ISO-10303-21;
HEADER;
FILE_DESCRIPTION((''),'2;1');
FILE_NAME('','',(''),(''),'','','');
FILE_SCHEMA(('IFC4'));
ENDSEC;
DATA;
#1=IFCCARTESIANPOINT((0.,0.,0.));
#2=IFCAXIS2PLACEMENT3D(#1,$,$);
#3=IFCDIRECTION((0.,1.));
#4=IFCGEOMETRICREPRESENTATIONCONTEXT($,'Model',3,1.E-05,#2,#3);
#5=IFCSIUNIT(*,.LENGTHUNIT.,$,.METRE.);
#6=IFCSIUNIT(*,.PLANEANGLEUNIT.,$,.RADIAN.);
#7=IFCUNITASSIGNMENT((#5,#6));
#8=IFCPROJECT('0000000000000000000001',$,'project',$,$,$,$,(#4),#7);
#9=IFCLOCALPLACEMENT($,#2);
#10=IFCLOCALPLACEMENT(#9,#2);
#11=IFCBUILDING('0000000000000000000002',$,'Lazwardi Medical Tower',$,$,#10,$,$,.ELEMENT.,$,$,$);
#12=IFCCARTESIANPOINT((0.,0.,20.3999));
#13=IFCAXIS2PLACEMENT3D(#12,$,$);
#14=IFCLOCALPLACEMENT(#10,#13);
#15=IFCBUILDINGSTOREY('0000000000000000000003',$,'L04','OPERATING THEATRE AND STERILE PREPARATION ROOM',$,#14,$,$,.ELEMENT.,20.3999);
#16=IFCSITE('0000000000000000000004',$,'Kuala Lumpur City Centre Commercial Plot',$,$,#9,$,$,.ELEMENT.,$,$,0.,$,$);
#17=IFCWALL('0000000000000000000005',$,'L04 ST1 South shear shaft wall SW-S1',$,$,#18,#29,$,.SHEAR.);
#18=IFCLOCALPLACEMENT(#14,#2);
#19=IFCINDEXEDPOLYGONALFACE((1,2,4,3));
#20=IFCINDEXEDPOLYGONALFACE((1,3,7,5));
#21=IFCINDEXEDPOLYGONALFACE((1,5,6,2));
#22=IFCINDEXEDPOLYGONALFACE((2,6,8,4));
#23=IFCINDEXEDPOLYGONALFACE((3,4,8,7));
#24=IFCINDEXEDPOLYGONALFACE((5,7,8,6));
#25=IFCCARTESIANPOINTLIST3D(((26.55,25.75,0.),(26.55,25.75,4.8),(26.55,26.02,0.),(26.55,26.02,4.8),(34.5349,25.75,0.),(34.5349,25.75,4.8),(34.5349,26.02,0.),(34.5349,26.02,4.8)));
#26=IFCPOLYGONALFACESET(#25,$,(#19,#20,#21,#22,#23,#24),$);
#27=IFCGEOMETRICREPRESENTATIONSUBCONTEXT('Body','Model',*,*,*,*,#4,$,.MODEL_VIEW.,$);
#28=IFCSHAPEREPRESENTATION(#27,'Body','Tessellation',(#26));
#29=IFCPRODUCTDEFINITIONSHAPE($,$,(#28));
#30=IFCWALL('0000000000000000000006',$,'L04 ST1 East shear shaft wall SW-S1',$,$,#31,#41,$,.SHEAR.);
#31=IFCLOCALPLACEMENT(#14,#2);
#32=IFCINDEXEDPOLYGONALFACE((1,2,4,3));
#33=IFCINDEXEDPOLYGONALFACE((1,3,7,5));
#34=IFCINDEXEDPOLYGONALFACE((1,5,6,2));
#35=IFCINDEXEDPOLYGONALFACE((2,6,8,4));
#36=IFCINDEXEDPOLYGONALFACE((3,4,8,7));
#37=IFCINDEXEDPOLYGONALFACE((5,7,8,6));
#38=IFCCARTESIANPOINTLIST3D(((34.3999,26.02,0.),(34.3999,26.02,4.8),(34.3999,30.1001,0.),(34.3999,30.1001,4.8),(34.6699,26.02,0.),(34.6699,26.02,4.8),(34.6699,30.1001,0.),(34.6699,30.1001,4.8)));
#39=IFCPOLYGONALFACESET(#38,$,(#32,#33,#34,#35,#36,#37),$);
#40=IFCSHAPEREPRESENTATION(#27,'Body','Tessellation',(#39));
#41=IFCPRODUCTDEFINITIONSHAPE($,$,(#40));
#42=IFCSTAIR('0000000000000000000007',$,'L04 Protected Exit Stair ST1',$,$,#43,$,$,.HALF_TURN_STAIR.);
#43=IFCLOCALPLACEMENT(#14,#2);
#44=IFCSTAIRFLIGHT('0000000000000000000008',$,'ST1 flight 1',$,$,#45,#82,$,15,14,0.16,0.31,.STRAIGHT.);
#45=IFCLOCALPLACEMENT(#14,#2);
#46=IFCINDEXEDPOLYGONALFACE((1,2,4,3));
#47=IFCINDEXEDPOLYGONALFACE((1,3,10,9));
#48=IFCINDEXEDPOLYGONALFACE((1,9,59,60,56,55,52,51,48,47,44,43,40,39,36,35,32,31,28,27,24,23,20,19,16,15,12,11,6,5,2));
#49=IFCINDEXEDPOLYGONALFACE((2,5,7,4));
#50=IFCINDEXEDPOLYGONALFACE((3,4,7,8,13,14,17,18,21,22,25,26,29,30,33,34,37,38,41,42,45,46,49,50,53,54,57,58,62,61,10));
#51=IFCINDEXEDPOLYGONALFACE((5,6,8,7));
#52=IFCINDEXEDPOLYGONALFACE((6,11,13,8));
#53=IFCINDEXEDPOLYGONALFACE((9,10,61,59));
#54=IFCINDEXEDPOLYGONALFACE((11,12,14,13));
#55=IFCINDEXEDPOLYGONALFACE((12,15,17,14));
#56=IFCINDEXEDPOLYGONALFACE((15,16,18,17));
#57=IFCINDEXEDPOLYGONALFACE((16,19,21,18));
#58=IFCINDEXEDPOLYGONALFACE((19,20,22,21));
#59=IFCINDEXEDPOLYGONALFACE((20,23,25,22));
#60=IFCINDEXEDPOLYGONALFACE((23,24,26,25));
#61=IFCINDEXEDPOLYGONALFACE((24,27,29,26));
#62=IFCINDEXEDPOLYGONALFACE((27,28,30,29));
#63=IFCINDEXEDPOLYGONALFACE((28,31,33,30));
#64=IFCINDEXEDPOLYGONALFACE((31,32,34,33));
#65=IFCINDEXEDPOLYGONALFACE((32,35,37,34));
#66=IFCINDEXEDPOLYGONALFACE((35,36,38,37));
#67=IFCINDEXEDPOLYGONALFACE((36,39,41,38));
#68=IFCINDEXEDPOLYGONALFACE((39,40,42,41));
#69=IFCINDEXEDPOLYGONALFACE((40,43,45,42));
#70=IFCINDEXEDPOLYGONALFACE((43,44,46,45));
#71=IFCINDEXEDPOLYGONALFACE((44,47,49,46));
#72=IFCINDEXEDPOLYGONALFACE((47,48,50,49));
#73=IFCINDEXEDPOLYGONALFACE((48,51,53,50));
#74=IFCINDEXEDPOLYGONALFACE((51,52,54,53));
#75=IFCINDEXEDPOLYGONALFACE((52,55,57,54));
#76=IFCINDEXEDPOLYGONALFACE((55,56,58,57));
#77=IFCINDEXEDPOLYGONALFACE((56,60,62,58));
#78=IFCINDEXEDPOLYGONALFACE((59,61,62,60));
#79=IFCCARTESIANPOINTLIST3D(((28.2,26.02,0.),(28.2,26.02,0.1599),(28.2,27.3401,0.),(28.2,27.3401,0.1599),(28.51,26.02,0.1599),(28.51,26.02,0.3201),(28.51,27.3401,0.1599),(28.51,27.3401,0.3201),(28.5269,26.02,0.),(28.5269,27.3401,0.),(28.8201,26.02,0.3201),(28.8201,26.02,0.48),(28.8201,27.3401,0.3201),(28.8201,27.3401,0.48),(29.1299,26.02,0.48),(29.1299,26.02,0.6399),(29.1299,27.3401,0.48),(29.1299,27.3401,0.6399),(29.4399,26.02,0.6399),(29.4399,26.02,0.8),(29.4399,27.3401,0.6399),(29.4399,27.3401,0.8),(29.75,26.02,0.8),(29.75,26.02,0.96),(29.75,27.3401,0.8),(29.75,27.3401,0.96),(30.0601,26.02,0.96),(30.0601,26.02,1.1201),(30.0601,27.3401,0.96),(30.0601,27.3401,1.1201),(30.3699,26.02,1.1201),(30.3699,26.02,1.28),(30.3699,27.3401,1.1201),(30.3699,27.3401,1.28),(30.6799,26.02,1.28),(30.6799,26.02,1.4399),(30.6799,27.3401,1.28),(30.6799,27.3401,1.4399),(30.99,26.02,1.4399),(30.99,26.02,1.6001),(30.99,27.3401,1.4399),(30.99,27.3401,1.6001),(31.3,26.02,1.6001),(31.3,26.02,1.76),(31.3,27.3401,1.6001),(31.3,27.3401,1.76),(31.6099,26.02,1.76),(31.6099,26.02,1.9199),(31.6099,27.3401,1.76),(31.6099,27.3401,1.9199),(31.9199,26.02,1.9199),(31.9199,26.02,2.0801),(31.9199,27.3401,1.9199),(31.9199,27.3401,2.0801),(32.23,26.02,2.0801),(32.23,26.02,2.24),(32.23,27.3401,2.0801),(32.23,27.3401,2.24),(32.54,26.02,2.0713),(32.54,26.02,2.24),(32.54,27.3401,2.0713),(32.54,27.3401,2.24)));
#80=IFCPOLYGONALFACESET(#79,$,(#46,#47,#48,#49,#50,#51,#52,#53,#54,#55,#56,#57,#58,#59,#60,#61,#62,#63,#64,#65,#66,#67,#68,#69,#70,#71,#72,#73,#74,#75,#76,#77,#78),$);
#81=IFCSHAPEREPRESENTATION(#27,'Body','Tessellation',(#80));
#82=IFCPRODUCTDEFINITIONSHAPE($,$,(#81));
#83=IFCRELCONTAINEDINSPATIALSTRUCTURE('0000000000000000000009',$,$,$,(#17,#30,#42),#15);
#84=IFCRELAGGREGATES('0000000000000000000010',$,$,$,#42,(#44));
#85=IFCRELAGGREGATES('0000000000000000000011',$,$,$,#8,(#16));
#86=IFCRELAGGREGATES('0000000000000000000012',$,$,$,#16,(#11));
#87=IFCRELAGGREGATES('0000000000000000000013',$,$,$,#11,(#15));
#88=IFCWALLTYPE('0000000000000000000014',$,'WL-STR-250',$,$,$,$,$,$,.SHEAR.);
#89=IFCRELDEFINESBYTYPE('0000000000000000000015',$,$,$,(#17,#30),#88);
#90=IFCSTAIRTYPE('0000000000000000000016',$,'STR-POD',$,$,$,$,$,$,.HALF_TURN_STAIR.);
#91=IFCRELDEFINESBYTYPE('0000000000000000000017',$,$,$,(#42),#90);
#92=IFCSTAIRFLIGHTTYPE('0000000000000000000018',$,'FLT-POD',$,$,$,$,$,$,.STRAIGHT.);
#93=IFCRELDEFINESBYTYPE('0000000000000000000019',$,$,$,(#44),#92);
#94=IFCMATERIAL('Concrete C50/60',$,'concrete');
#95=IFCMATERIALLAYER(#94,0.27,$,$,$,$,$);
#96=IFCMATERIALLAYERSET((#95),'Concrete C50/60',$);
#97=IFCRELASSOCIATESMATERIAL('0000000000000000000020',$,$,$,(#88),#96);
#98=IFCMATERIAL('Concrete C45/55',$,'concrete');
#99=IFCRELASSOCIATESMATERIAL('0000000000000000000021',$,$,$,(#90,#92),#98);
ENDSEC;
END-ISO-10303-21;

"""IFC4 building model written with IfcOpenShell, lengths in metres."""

from ifc_helpers import new_model, si_unit, direction, frame, frame_2d, origin, place, context, subcontext, project, spatial, polyline, rectangle, outline, extrude, material, layer, layer_set, type_object, element, aggregate, save


model = new_model("IFC4")

# Units and contexts
model_context = context("Model", 3, precision=1e-05, world=origin(), true_north=direction((0.0, 1.0)))
body_context = subcontext(model_context, "Body", "Model", "MODEL_VIEW")
ifc_project = project(units=[si_unit("LENGTHUNIT", "METRE"), si_unit("PLANEANGLEUNIT", "RADIAN")], contexts=[model_context])

# Site, building, storey
site_placement = place(None, origin())
site = spatial("IfcSite", under=ifc_project, at=site_placement, Name="Kuala Lumpur City Centre Commercial Plot", CompositionType="ELEMENT", RefElevation=0.0)
building_placement = place(site_placement, origin())
building = spatial("IfcBuilding", under=site, at=building_placement, Name="Lazwardi Medical Tower", CompositionType="ELEMENT")
storey_placement = place(building_placement, frame((0.0, 0.0, 20.3999)))
storey = spatial("IfcBuildingStorey", under=building, at=storey_placement, Name="L04", Description="OPERATING THEATRE AND STERILE PREPARATION ROOM", CompositionType="ELEMENT", Elevation=20.3999)

# Wall
ifc_material_1 = material(Name="Concrete C50/60", Category="concrete")
ifc_layer_1 = layer(ifc_material_1, 0.27)
ifc_layer_set_1 = layer_set([ifc_layer_1], Name="Concrete C50/60")
wall_type_1 = type_object("IfcWallType", Name="WL-STR-250", PredefinedType="SHEAR", material=ifc_layer_set_1)
wall_1_placement = place(storey_placement, frame((26.55, 25.885, 0.0), z_axis=(0.0, 0.0, 1.0), x_axis=(1.0, 0.0, 0.0)))
element("IfcWall", 1, at=wall_1_placement, inside=storey, type_object=wall_type_1, Name="L04 ST1 South shear shaft wall SW-S1", PredefinedType="SHEAR", context=body_context, shape_type="SweptSolid", body=[
    extrude(rectangle(XDim=7.9849, YDim=0.27, at=frame_2d((3.9924, 0.0))), origin(), (0.0, 0.0, 1.0), 4.8),
])

# Wall
wall_2_placement = place(storey_placement, frame((34.5349, 26.02, 0.0), z_axis=(0.0, 0.0, 1.0), x_axis=(0.0, 1.0, 0.0)))
element("IfcWall", 2, at=wall_2_placement, inside=storey, type_object=wall_type_1, Name="L04 ST1 East shear shaft wall SW-S1", PredefinedType="SHEAR", context=body_context, shape_type="SweptSolid", body=[
    extrude(rectangle(XDim=4.0801, YDim=0.27, at=frame_2d((2.04, 0.0))), origin(), (0.0, 0.0, 1.0), 4.8),
])

# Stair, stair flight
ifc_material_2 = material(Name="Concrete C45/55", Category="concrete")
stair_type = type_object("IfcStairType", Name="STR-POD", PredefinedType="HALF_TURN_STAIR", material=ifc_material_2)
stair_placement = place(storey_placement, origin())
stair = element("IfcStair", 3, at=stair_placement, inside=storey, type_object=stair_type, Name="L04 Protected Exit Stair ST1", PredefinedType="HALF_TURN_STAIR")
stair_flight_type = type_object("IfcStairFlightType", Name="FLT-POD", PredefinedType="STRAIGHT", material=ifc_material_2)
stair_flight_placement = place(storey_placement, frame((28.2, 26.6799, 0.0), z_axis=(0.0, 0.0, 1.0), x_axis=(1.0, 0.0, 0.0)))
stair_flight = element("IfcStairFlight", 4, at=stair_flight_placement, type_object=stair_flight_type, Name="ST1 flight 1", NumberOfRisers=15, NumberOfTreads=14, PredefinedType="STRAIGHT", RiserHeight=0.16, TreadLength=0.31, context=body_context, shape_type="SweptSolid", body=[
    extrude(outline(polyline([(0.0, 0.0), (0.0, 0.1599), (0.3101, 0.1599), (0.3101, 0.3201), (0.6201, 0.3201), (0.6201, 0.48), (0.9299, 0.48), (0.9299, 0.6399), (1.24, 0.6399), (1.24, 0.8), (1.55, 0.8), (1.55, 0.96), (1.8601, 0.96), (1.8601, 1.1201), (2.1699, 1.1201), (2.1699, 1.28), (2.48, 1.28), (2.48, 1.4399), (2.79, 1.4399), (2.79, 1.6001), (3.1001, 1.6001), (3.1001, 1.76), (3.4099, 1.76), (3.4099, 1.9199), (3.72, 1.9199), (3.72, 2.0801), (4.03, 2.0801), (4.03, 2.24), (4.3401, 2.24), (4.3401, 2.3999), (4.3401, 2.0713), (0.3269, 0.0), (0.0, 0.0)])), frame((0.0, 0.6602, 0.0), z_axis=(0.0, -1.0, 0.0), x_axis=(1.0, 0.0, 0.0)), (0.0, 0.0, 1.0), 1.3201),
])
aggregate(stair, [stair_flight])

save(model, "model.ifc")
